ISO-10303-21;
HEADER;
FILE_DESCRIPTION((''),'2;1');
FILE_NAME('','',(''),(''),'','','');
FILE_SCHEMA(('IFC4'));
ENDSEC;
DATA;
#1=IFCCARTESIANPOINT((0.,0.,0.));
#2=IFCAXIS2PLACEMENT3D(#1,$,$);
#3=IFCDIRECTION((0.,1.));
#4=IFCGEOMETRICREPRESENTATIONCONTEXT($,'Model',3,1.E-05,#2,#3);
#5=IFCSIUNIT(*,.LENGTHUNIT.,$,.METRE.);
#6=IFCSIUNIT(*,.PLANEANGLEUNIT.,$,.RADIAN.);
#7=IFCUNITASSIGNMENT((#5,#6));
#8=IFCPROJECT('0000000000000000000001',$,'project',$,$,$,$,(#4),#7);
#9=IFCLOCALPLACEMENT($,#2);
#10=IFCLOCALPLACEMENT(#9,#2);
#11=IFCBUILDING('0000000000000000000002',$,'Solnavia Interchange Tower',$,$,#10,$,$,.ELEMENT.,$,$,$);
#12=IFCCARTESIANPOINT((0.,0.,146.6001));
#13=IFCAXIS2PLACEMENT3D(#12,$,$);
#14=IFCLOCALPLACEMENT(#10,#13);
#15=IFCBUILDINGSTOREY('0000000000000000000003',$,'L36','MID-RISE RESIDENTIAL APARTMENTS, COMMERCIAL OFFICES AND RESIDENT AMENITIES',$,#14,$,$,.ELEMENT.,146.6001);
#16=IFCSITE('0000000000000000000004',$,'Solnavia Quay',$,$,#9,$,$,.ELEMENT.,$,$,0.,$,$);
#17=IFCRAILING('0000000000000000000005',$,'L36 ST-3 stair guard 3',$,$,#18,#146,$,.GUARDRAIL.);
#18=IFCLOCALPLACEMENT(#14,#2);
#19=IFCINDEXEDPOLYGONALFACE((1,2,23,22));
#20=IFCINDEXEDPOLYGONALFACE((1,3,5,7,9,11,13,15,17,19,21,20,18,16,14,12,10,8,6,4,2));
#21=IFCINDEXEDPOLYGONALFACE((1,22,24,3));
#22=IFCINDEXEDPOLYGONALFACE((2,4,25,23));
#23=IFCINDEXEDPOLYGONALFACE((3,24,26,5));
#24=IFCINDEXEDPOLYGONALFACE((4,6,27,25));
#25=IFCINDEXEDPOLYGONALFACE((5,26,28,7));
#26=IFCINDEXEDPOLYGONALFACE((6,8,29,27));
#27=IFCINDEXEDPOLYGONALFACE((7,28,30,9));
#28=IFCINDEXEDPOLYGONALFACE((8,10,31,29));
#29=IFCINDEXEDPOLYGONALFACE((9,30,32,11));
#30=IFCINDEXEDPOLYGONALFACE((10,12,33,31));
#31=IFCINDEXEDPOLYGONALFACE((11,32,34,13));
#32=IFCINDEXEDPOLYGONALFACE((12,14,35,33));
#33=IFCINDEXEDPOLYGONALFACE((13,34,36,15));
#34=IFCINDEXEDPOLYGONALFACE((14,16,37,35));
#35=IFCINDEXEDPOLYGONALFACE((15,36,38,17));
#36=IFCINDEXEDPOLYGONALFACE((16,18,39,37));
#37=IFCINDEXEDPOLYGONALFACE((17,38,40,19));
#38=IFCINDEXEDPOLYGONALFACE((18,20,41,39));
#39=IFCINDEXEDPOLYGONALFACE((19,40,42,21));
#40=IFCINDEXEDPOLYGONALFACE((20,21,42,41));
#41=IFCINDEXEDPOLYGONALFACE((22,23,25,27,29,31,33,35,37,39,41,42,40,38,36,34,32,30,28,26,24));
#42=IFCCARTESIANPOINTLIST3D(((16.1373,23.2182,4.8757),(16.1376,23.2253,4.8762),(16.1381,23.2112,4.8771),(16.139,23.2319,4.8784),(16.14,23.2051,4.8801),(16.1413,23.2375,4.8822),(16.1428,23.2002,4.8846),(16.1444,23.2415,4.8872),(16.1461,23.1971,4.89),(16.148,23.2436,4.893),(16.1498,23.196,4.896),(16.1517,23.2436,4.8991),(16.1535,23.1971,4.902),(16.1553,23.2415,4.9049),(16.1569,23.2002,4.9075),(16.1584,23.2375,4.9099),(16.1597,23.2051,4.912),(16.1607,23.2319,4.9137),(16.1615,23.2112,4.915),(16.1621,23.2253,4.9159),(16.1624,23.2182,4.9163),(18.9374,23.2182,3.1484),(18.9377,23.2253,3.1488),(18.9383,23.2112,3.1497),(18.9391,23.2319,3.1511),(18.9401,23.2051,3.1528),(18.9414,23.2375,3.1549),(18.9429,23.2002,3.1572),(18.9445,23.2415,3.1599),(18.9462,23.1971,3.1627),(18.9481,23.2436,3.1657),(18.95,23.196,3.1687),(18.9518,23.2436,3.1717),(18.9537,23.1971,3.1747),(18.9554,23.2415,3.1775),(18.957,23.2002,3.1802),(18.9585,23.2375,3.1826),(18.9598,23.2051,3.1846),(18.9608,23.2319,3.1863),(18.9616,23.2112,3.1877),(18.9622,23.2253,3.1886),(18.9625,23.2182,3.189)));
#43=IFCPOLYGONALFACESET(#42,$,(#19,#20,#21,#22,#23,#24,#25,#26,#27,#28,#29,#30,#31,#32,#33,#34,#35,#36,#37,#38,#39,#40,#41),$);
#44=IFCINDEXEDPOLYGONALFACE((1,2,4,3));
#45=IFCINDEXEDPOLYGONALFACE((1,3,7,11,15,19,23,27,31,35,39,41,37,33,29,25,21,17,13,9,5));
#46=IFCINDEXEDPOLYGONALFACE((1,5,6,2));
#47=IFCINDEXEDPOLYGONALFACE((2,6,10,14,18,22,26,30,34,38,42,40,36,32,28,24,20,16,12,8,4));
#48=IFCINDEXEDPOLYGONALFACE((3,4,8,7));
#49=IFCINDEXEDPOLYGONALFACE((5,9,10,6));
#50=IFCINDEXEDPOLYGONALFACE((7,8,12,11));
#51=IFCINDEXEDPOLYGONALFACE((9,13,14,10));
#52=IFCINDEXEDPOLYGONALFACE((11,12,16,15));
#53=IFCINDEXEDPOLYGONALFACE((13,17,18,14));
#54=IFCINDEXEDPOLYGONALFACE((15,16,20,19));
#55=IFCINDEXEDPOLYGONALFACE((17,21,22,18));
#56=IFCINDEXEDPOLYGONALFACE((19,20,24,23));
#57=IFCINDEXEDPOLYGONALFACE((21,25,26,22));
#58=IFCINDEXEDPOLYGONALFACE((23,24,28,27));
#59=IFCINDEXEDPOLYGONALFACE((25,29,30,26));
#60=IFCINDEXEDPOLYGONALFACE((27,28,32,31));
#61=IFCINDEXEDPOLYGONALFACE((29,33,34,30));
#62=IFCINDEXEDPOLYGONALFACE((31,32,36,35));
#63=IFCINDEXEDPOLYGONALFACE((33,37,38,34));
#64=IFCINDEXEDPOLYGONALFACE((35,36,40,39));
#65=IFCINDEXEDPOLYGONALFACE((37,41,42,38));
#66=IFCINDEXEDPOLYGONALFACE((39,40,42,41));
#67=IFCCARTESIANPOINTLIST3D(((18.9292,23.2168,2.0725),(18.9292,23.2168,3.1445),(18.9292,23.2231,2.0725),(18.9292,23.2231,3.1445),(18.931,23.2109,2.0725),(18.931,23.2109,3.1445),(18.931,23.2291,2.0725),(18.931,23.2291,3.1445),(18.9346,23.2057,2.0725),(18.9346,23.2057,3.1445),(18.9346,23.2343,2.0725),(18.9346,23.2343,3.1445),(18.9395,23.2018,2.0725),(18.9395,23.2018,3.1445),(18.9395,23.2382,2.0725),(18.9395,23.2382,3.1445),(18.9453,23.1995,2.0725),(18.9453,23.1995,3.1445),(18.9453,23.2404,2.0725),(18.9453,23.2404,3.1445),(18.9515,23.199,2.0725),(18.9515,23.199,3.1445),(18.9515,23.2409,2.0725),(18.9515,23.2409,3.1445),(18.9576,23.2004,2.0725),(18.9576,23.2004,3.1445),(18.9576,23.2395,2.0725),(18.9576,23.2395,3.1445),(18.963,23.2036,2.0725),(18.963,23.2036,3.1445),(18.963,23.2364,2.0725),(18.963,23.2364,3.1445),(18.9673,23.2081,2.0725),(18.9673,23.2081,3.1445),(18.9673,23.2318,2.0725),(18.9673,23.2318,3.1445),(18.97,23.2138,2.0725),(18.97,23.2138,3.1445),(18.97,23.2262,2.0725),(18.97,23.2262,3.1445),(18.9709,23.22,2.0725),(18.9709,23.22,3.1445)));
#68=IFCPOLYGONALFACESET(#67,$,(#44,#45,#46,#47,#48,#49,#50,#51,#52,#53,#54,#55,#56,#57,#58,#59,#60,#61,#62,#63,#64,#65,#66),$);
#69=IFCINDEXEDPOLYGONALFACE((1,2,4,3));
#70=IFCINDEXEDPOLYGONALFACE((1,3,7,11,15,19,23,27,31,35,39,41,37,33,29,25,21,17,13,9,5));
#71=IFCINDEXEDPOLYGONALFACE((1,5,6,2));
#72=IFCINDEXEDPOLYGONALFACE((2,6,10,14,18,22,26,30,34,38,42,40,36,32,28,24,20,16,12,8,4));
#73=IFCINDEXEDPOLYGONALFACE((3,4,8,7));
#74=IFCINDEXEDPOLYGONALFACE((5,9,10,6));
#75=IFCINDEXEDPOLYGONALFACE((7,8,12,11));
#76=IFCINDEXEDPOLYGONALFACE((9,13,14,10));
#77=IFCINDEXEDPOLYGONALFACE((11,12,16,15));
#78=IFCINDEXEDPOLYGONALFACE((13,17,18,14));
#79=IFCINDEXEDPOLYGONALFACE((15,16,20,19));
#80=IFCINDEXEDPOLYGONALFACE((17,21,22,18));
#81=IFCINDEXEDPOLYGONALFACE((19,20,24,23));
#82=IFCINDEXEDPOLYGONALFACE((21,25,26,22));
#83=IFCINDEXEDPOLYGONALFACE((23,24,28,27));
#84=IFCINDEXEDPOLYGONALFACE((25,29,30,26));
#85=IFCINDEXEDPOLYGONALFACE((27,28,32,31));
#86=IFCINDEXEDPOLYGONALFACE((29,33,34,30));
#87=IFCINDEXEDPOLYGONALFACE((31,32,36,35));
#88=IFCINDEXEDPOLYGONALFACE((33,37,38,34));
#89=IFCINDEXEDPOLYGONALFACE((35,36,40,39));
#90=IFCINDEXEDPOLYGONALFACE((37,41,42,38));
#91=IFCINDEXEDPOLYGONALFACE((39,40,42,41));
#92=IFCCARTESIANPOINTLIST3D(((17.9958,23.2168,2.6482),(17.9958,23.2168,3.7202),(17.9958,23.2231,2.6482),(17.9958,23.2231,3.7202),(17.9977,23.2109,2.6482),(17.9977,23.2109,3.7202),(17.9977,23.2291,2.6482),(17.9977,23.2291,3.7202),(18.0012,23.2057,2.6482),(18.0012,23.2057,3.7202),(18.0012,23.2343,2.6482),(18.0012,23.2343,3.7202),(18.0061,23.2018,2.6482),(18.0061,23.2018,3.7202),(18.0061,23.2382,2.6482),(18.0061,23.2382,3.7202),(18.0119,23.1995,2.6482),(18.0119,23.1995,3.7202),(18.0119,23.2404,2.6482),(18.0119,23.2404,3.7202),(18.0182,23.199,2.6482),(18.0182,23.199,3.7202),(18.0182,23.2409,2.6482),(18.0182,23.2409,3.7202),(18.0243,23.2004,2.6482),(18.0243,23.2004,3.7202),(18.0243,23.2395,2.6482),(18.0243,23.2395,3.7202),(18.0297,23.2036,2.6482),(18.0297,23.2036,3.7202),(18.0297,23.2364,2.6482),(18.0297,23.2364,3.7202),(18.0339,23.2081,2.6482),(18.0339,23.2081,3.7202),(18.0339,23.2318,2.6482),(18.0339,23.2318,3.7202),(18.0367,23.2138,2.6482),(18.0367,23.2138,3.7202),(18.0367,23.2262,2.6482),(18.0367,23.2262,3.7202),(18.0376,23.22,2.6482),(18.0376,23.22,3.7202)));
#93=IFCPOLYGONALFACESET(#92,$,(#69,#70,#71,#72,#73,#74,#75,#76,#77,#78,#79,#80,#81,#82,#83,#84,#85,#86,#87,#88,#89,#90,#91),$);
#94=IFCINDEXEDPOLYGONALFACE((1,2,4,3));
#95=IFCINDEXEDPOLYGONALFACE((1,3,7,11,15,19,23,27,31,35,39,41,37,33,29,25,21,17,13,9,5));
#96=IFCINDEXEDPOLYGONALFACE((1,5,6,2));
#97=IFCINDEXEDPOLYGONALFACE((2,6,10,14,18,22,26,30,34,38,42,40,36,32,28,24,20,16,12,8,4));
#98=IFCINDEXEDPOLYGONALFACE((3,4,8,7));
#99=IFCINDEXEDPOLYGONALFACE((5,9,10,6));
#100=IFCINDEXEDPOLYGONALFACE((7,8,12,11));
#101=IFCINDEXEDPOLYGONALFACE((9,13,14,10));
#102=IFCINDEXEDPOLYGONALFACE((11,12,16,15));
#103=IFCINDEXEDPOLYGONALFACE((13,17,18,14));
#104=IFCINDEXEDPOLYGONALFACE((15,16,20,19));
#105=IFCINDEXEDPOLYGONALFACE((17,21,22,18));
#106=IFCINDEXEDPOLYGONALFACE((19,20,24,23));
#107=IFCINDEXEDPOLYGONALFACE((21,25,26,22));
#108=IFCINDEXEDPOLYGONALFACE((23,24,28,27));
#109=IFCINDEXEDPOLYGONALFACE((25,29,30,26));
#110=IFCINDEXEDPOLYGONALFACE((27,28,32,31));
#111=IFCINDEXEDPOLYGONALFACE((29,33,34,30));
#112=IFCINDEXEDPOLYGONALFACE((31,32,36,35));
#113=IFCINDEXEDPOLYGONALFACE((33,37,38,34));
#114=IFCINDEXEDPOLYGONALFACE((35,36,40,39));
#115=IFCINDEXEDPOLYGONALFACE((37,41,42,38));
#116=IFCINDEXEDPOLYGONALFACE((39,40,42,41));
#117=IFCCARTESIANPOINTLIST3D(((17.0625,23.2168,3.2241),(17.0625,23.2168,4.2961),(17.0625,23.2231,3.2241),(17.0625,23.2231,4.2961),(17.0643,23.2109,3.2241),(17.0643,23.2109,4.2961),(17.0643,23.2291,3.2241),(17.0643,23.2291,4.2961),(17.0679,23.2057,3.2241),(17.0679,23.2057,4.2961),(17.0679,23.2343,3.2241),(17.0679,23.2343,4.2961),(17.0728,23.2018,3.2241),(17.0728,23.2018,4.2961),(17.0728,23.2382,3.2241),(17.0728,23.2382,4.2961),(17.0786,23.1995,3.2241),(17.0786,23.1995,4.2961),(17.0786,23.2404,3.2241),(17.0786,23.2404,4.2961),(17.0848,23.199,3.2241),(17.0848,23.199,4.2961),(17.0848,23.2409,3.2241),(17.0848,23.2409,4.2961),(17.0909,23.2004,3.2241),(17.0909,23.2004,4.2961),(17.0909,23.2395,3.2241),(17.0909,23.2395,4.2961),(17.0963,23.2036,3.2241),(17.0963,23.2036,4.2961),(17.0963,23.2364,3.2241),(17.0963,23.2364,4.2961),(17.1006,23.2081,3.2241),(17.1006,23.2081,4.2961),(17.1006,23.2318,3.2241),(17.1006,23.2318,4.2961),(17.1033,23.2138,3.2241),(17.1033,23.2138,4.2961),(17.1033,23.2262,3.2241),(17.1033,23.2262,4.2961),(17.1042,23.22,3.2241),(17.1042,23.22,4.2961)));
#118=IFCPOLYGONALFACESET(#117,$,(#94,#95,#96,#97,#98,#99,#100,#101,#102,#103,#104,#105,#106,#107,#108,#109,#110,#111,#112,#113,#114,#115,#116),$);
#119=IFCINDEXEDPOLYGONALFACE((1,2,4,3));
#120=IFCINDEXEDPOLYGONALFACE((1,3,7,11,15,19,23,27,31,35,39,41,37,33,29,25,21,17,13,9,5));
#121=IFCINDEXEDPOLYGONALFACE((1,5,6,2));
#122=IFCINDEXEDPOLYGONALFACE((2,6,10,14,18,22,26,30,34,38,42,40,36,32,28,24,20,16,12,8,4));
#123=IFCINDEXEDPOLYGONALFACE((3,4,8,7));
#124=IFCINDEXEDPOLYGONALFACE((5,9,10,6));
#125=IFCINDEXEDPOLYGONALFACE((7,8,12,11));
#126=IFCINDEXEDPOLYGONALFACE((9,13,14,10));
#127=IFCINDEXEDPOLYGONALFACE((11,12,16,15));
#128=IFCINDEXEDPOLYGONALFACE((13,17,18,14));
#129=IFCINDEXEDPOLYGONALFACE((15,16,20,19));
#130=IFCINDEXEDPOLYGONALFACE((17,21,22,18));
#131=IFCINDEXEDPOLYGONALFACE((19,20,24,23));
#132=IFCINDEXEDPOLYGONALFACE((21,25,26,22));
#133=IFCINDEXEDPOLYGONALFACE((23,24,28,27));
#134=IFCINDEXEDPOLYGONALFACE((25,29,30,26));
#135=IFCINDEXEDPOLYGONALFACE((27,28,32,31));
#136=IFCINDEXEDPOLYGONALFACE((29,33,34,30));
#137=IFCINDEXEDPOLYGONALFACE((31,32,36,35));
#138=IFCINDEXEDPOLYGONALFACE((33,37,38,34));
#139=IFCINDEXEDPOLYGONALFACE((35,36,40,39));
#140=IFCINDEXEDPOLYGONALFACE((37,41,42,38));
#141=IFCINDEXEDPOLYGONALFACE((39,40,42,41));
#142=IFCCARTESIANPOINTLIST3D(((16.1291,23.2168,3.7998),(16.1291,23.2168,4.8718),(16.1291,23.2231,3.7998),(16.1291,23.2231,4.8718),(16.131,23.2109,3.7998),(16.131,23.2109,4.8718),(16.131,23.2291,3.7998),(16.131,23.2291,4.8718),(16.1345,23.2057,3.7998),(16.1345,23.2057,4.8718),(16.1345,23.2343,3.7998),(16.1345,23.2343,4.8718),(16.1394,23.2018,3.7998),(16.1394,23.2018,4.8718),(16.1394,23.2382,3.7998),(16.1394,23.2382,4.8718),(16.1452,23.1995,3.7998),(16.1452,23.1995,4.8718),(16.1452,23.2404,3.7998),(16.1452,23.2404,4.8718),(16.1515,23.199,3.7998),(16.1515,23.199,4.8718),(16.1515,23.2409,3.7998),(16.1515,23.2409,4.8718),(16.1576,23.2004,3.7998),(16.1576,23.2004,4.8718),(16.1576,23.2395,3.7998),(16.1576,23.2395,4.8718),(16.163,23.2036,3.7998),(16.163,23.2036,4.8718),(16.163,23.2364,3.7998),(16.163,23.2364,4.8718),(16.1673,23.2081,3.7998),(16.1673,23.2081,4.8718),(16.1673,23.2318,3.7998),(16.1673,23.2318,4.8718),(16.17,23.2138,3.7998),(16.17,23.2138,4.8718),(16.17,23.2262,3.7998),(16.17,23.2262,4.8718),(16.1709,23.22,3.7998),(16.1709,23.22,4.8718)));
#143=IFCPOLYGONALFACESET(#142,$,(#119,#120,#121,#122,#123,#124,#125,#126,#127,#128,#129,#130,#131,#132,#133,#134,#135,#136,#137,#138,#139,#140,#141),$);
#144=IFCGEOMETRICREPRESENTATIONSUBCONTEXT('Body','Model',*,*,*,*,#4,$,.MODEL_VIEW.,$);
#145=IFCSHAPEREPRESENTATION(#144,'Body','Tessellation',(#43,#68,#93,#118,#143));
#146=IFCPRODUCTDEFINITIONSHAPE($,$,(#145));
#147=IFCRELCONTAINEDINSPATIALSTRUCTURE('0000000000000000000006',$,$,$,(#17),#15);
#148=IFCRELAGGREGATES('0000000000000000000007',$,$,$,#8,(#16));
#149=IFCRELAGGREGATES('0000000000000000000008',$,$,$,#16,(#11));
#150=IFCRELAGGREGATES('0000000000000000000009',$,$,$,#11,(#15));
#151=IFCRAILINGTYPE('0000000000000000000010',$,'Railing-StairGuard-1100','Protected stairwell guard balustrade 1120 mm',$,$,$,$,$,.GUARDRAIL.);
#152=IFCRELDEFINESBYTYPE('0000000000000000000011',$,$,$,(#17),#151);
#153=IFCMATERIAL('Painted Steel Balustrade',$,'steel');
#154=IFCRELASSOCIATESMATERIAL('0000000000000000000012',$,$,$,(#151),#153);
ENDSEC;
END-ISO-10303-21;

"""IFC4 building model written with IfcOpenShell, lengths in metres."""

from ifc_helpers import new_model, si_unit, direction, frame, origin, origin_2d, place, context, subcontext, project, spatial, circle, extrude, material, type_object, element, save


model = new_model("IFC4")

# Units and contexts
model_context = context("Model", 3, precision=1e-05, world=origin(), true_north=direction((0.0, 1.0)))
body_context = subcontext(model_context, "Body", "Model", "MODEL_VIEW")
ifc_project = project(units=[si_unit("LENGTHUNIT", "METRE"), si_unit("PLANEANGLEUNIT", "RADIAN")], contexts=[model_context])

# Site, building, storey
site_placement = place(None, origin())
site = spatial("IfcSite", under=ifc_project, at=site_placement, Name="Solnavia Quay", CompositionType="ELEMENT", RefElevation=0.0)
building_placement = place(site_placement, origin())
building = spatial("IfcBuilding", under=site, at=building_placement, Name="Solnavia Interchange Tower", CompositionType="ELEMENT")
storey_placement = place(building_placement, frame((0.0, 0.0, 146.6001)))
storey = spatial("IfcBuildingStorey", under=building, at=storey_placement, Name="L36", Description="MID-RISE RESIDENTIAL APARTMENTS, COMMERCIAL OFFICES AND RESIDENT AMENITIES", CompositionType="ELEMENT", Elevation=146.6001)

# Railing
ifc_material_1 = material(Name="Painted Steel Balustrade", Category="steel")
railing_type_1 = type_object("IfcRailingType", Name="Railing-StairGuard-1100", Description="Protected stairwell guard balustrade 1120 mm", PredefinedType="GUARDRAIL", material=ifc_material_1)
railing_1_placement = place(storey_placement, frame((18.95, 23.22, 2.0725)))
element("IfcRailing", 1, at=railing_1_placement, inside=storey, type_object=railing_type_1, Name="L36 ST-3 stair guard 3", PredefinedType="GUARDRAIL", context=body_context, shape_type="SweptSolid", body=[
    extrude(circle(Radius=0.0239, at=origin_2d()), frame((0.0, 0.0, 1.0962), z_axis=(-0.85109, 0.0, 0.52502), x_axis=(0.0, -1.0, 0.0)), (0.0, 0.0, 1.0), 3.29),
    extrude(circle(Radius=0.021, at=origin_2d()), origin(), (0.0, 0.0, 1.0), 1.072),
    extrude(circle(Radius=0.021, at=origin_2d()), frame((-0.9333, 0.0, 0.5757)), (0.0, 0.0, 1.0), 1.072),
    extrude(circle(Radius=0.021, at=origin_2d()), frame((-1.8667, 0.0, 1.1516)), (0.0, 0.0, 1.0), 1.072),
    extrude(circle(Radius=0.021, at=origin_2d()), frame((-2.8, 0.0, 1.7273)), (0.0, 0.0, 1.0), 1.072),
])

save(model, "model.ifc")
